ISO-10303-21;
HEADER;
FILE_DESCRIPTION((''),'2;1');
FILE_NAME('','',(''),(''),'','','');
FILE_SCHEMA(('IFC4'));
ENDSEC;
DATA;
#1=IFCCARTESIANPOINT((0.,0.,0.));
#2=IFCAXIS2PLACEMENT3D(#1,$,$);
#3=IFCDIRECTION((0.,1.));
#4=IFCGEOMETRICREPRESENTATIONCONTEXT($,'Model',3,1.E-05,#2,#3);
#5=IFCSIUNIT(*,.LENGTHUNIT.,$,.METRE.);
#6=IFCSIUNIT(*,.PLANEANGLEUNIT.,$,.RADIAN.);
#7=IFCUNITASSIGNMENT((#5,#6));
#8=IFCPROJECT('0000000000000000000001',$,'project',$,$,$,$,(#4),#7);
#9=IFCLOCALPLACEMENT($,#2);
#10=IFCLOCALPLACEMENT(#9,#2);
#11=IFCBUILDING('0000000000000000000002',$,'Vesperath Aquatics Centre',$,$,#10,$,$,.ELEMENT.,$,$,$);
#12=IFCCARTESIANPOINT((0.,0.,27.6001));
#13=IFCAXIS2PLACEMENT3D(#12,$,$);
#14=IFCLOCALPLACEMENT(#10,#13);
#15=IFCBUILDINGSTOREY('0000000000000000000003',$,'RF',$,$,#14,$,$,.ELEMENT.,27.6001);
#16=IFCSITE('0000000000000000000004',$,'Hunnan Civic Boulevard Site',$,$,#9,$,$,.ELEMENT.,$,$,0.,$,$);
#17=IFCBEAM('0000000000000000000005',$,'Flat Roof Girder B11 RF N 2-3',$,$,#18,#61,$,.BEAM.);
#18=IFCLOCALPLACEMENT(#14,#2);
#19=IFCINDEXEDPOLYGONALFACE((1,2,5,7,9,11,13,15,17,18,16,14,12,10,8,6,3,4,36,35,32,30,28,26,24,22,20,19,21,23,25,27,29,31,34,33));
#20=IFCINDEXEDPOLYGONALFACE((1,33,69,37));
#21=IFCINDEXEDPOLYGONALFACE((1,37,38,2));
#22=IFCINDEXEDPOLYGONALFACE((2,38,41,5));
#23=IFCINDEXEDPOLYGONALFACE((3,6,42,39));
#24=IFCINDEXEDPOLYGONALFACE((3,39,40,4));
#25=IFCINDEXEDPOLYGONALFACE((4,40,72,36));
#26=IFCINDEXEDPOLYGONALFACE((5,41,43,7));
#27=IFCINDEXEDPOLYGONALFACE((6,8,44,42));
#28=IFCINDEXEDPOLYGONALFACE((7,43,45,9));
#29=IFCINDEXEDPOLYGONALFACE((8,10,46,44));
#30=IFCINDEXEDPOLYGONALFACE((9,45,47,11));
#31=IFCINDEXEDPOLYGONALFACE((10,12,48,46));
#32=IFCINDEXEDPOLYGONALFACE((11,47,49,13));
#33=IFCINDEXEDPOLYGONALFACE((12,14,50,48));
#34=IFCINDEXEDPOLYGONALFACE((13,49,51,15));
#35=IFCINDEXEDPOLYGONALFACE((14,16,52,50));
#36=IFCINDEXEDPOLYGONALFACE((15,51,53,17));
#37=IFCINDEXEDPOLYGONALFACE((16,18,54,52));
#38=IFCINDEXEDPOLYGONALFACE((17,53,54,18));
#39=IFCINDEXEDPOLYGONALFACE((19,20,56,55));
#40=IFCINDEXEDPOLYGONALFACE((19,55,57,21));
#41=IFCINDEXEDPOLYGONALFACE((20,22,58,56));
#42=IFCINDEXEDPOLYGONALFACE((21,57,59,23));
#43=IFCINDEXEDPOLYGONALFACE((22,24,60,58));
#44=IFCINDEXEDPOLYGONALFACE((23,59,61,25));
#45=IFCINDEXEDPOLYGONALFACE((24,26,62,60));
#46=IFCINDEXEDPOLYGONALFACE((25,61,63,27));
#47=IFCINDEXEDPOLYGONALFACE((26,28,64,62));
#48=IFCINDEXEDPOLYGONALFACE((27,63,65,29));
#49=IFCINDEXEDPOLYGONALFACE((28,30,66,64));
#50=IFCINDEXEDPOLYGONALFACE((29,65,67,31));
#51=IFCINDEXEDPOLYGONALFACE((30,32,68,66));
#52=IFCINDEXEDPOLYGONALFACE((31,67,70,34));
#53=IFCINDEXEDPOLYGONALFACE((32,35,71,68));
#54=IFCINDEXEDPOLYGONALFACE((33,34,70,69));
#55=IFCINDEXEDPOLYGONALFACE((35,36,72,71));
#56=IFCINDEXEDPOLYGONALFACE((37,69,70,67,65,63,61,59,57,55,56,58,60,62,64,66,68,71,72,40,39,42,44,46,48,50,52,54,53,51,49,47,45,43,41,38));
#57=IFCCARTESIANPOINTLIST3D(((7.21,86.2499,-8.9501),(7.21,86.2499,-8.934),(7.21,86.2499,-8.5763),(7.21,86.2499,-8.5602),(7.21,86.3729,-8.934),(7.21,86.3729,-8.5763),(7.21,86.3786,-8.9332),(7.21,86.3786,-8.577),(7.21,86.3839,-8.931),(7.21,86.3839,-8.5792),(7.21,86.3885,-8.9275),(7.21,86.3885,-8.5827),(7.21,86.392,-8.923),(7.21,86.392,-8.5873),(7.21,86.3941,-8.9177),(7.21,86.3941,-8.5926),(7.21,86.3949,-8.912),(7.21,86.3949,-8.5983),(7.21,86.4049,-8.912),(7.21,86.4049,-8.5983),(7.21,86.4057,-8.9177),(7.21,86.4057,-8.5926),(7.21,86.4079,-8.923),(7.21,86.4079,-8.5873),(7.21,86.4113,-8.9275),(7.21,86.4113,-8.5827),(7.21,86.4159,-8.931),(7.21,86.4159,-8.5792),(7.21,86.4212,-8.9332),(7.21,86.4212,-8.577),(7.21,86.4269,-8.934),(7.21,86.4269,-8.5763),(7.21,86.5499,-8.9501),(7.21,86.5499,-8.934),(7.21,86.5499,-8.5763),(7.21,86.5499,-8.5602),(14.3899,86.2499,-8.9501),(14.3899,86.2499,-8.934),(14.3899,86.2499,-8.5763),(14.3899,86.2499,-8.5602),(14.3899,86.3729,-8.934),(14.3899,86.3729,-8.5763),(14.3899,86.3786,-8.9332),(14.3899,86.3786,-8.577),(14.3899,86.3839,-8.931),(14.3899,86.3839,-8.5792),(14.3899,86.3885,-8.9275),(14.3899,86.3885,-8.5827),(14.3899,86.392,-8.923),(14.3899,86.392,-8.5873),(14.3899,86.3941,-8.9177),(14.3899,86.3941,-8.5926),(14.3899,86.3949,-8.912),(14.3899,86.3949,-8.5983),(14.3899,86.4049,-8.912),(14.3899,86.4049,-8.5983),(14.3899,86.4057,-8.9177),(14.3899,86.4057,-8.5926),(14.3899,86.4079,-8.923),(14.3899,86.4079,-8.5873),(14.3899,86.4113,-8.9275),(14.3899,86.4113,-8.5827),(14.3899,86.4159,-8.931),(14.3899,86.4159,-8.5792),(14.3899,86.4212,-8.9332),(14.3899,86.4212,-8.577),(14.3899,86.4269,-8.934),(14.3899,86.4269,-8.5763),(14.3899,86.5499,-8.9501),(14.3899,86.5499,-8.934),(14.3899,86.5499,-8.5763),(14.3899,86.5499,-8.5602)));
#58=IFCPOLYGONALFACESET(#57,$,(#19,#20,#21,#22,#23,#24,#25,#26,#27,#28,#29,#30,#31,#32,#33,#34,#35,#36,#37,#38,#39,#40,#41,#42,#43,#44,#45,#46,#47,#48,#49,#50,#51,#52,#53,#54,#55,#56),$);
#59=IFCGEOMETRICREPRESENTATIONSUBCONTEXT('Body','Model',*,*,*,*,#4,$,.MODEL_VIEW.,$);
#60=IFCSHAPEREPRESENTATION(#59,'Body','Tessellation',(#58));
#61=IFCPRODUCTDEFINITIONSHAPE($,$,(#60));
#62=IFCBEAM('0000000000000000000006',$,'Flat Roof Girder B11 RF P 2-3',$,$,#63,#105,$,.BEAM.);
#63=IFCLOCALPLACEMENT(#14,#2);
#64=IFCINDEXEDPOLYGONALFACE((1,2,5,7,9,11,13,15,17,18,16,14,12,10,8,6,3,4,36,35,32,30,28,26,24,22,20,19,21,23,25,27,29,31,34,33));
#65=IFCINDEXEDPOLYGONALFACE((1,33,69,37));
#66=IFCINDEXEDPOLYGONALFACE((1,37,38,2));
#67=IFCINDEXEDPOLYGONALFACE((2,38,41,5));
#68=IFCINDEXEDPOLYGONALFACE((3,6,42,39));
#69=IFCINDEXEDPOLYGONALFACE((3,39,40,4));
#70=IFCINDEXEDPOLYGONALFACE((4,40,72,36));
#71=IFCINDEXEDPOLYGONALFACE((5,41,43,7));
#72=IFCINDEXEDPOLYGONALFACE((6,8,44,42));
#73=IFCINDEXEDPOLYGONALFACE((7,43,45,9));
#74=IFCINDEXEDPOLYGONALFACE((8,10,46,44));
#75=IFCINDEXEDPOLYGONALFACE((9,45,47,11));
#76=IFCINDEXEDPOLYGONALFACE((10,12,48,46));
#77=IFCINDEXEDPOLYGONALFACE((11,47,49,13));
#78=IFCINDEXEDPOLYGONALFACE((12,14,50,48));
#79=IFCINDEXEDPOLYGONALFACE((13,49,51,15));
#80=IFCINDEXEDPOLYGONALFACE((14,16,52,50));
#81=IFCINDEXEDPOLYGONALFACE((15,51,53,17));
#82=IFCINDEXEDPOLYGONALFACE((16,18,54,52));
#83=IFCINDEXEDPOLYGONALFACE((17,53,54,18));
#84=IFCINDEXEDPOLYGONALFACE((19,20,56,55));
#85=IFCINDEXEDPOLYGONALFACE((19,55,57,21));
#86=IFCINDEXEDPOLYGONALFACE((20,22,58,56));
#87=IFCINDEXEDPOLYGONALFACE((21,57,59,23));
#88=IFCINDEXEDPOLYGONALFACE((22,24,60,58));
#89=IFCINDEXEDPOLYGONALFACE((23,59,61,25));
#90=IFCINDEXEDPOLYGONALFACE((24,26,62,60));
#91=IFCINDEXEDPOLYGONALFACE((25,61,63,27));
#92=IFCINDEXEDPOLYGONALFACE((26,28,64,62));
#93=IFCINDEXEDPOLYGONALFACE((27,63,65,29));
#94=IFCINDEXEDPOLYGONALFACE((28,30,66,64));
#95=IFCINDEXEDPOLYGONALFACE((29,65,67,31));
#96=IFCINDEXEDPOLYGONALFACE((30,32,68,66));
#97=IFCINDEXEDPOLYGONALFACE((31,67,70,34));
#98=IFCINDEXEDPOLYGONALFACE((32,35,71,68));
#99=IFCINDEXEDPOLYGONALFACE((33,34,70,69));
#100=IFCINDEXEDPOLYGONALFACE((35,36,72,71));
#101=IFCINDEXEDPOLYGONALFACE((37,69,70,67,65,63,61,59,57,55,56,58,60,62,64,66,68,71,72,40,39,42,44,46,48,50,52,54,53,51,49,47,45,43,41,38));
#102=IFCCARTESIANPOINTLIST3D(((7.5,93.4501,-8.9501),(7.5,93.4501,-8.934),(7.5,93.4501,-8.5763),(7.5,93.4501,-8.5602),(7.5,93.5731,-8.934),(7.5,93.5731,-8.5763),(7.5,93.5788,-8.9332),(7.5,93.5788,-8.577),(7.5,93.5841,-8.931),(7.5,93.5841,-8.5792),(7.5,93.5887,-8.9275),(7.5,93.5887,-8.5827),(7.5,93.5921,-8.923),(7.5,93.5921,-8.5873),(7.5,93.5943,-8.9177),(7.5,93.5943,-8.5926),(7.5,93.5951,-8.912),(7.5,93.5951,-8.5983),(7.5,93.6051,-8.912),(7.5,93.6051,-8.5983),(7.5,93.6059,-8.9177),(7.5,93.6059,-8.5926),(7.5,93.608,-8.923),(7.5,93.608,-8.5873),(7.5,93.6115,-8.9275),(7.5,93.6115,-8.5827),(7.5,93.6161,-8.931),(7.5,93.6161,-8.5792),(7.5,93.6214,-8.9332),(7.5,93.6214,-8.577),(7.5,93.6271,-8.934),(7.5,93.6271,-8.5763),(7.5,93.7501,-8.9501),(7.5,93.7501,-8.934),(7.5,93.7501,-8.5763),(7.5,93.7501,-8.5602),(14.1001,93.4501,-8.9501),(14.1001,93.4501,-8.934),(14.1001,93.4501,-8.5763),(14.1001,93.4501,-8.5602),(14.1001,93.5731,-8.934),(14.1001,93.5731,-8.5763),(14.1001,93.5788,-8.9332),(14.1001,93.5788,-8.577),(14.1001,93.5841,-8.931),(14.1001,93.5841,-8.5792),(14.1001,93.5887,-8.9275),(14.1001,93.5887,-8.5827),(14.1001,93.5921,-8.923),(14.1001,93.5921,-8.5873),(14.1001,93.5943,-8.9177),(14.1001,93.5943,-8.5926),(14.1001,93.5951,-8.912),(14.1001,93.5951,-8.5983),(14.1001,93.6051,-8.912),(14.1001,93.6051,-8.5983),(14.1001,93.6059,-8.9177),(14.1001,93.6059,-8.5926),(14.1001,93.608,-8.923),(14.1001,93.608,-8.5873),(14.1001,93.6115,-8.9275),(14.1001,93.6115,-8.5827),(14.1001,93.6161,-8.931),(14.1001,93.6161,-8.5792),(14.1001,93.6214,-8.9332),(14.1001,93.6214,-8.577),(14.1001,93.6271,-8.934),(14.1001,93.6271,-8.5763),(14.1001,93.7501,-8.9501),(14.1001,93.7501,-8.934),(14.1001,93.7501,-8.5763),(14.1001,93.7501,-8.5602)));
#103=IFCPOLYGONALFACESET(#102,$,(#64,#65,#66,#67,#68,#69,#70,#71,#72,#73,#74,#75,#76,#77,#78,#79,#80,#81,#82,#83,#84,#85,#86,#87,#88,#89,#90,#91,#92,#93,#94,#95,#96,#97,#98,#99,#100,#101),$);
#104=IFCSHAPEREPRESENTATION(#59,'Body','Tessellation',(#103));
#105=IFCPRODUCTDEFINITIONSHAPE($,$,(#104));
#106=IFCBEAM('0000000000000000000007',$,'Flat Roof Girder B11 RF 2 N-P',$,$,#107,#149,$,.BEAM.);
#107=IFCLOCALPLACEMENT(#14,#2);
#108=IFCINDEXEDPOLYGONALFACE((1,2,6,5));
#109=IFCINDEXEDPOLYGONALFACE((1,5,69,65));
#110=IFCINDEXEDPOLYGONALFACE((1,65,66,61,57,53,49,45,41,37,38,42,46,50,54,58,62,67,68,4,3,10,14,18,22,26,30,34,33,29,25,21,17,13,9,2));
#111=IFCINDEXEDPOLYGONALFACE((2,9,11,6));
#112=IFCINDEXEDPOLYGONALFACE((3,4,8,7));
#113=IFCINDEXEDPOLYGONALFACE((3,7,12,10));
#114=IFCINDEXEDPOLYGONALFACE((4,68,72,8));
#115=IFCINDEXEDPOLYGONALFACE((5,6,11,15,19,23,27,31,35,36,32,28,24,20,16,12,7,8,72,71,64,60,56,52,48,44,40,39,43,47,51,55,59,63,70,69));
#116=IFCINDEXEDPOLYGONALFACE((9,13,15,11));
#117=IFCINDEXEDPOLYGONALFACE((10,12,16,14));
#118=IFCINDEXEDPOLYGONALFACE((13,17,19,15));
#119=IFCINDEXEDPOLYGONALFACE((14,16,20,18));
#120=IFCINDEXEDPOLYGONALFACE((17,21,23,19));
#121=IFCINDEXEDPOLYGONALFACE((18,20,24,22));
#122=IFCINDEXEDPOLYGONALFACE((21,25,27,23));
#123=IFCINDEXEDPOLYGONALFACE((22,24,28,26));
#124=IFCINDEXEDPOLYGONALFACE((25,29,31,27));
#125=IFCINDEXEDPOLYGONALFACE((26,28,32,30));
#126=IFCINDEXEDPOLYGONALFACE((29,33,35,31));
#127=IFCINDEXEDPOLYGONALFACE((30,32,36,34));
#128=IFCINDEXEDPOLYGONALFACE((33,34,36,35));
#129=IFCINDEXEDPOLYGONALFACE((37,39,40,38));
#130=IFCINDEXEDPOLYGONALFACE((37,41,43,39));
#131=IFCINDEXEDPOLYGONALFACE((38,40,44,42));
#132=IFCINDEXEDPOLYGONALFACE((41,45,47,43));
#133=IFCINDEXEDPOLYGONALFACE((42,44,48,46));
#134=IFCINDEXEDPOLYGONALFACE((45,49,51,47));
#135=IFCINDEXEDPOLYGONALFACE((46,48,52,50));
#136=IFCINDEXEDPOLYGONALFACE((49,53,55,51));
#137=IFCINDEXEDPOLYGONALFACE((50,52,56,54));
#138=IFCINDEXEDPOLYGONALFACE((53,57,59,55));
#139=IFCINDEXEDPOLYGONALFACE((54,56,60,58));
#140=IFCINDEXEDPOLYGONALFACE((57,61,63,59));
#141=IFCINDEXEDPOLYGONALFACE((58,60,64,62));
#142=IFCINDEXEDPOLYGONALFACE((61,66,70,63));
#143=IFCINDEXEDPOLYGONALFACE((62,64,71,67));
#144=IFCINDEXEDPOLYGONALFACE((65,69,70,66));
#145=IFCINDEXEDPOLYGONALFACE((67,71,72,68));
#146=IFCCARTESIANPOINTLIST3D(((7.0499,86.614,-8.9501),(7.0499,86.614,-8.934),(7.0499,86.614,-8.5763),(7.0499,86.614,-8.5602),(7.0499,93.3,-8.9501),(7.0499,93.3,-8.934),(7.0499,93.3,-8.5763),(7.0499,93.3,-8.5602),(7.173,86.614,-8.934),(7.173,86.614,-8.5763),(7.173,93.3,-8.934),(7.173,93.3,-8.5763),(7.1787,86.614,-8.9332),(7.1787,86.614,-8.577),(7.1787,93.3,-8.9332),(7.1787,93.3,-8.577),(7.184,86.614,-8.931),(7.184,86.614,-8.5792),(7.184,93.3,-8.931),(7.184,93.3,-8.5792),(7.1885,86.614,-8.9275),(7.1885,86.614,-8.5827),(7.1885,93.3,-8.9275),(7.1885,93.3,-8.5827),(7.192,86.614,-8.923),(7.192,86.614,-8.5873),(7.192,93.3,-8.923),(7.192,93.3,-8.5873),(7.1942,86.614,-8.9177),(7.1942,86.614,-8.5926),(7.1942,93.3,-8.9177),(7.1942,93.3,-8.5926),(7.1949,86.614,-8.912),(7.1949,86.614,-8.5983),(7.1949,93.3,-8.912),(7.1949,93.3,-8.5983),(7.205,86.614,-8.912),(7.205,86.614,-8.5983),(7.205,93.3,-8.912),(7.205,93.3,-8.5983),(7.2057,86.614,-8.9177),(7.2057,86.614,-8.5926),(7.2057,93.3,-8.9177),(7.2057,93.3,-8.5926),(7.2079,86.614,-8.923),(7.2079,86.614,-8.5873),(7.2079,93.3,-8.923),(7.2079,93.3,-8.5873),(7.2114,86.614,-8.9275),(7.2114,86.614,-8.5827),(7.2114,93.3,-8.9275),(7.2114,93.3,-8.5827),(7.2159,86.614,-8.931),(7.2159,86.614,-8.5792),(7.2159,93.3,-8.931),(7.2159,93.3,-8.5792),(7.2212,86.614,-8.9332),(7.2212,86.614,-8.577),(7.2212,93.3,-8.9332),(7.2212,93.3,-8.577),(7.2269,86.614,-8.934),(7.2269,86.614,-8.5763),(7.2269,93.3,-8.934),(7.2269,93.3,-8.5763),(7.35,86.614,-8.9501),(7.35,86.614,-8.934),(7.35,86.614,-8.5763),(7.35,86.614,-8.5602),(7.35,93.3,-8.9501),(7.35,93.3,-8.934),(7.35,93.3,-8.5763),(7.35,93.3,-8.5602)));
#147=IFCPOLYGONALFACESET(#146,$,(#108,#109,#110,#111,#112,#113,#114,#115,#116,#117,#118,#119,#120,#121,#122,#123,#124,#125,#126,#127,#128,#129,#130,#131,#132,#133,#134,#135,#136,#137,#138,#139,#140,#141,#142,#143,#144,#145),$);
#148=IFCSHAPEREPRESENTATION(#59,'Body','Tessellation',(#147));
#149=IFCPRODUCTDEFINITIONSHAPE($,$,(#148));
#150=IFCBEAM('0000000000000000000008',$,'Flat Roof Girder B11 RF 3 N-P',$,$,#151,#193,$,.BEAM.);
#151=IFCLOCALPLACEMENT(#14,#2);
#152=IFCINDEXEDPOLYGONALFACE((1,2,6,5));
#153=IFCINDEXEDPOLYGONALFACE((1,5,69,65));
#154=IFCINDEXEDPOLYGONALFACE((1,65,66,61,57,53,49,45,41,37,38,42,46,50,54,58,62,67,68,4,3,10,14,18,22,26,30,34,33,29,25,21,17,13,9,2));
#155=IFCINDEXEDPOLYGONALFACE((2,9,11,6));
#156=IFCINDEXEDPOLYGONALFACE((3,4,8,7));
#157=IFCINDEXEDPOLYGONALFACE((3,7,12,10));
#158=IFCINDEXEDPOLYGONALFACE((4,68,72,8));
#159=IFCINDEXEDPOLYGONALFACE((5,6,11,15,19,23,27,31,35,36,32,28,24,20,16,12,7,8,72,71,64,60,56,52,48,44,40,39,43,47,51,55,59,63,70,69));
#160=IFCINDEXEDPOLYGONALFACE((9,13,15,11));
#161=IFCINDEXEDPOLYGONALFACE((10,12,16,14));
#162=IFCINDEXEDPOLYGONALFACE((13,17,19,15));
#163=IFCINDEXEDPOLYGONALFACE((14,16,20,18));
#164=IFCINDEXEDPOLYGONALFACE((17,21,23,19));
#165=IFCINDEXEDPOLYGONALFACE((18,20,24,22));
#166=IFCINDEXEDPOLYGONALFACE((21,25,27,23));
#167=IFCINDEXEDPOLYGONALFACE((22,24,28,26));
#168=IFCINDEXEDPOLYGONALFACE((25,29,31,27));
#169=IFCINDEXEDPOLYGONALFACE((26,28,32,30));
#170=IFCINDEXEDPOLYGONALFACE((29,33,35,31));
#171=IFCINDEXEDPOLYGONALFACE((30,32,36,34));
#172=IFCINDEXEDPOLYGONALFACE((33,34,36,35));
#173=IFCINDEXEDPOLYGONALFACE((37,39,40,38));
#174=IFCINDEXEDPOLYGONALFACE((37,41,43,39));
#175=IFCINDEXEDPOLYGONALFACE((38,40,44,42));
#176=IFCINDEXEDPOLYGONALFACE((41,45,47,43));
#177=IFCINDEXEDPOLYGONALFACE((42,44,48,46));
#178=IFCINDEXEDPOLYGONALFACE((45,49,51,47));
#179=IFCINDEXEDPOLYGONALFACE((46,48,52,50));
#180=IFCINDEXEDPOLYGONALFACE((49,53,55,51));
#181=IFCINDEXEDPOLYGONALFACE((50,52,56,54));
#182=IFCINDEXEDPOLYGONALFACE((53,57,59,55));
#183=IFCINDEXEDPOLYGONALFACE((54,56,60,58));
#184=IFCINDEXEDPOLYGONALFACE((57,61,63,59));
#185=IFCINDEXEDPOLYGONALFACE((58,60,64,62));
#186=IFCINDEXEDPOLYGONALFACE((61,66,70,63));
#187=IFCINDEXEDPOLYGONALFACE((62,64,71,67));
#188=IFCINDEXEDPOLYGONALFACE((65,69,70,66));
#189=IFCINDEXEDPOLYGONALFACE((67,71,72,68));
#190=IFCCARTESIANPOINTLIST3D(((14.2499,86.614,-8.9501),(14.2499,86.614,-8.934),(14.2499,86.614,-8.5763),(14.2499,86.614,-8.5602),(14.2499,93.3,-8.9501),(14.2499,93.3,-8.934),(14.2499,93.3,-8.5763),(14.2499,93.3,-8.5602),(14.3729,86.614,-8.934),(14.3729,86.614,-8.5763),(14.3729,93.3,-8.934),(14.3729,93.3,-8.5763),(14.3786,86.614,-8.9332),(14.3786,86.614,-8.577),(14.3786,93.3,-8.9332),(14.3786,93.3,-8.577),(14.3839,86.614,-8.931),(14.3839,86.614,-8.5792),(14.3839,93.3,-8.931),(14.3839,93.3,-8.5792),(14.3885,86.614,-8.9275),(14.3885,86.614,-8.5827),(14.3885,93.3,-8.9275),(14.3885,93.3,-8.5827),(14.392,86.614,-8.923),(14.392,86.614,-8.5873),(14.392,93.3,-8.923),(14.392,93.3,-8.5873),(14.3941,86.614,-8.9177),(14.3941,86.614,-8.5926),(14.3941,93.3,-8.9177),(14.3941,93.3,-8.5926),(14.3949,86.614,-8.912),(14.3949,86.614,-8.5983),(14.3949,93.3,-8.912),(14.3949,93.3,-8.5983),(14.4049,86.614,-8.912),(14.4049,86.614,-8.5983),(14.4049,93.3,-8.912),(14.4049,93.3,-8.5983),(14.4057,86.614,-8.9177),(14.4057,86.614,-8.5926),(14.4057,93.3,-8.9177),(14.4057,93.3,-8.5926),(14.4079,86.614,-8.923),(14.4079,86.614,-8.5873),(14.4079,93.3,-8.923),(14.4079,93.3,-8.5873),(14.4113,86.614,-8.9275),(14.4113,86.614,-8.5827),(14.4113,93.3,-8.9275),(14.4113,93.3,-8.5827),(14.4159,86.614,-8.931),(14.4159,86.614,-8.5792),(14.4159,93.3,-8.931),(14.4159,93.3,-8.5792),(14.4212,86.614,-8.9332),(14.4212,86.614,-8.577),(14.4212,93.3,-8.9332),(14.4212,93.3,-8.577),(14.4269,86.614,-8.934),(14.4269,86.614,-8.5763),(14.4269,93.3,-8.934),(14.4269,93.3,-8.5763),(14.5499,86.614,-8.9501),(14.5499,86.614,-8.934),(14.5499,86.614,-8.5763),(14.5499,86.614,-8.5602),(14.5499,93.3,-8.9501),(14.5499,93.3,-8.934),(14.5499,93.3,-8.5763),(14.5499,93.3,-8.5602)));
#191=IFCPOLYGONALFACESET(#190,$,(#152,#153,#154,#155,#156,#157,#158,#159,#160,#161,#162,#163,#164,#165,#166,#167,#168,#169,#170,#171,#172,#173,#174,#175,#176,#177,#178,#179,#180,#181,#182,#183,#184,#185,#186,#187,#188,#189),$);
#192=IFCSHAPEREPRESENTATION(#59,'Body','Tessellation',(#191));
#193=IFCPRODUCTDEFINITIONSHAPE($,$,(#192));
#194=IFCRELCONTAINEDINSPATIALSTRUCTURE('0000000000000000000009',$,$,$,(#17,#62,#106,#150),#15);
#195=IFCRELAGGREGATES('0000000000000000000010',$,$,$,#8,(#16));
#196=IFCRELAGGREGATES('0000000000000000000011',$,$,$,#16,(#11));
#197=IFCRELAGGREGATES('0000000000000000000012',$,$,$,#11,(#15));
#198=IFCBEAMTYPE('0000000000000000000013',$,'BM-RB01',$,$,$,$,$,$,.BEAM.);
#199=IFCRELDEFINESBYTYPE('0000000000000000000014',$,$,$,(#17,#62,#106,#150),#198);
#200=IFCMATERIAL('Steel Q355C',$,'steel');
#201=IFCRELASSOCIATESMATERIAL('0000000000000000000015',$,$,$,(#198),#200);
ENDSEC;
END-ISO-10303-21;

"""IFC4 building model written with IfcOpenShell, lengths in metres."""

from ifc_helpers import new_model, si_unit, direction, frame, origin, origin_2d, place, context, subcontext, project, spatial, i_section, extrude, material, material_profile, profile_set, type_object, element, save


model = new_model("IFC4")

# Units and contexts
model_context = context("Model", 3, precision=1e-05, world=origin(), true_north=direction((0.0, 1.0)))
body_context = subcontext(model_context, "Body", "Model", "MODEL_VIEW")
ifc_project = project(units=[si_unit("LENGTHUNIT", "METRE"), si_unit("PLANEANGLEUNIT", "RADIAN")], contexts=[model_context])

# Site, building, storey
site_placement = place(None, origin())
site = spatial("IfcSite", under=ifc_project, at=site_placement, Name="Hunnan Civic Boulevard Site", CompositionType="ELEMENT", RefElevation=0.0)
building_placement = place(site_placement, origin())
building = spatial("IfcBuilding", under=site, at=building_placement, Name="Vesperath Aquatics Centre", CompositionType="ELEMENT")
storey_placement = place(building_placement, frame((0.0, 0.0, 27.6001)))
storey = spatial("IfcBuildingStorey", under=building, at=storey_placement, Name="RF", CompositionType="ELEMENT", Elevation=27.6001)

# Beams
ifc_material_1 = material(Name="Steel Q355C", Category="steel")
ifc_material_profile_1 = material_profile(ifc_material_1, i_section(OverallWidth=0.3, OverallDepth=0.3899, WebThickness=0.01, FlangeThickness=0.0161, FilletRadius=0.022, at=origin_2d()), Name="HM 390x300x10x16")
ifc_profile_set_1 = profile_set([ifc_material_profile_1], Name="Steel Q355C")
beam_type_1 = type_object("IfcBeamType", Name="BM-RB01", PredefinedType="BEAM", material=ifc_profile_set_1)
beam_1_placement = place(storey_placement, frame((7.21, 86.3999, -8.7551), z_axis=(1.0, 0.0, 0.0), x_axis=(0.0, 1.0, 0.0)))
element("IfcBeam", 1, at=beam_1_placement, inside=storey, type_object=beam_type_1, Name="Flat Roof Girder B11 RF N 2-3", PredefinedType="BEAM", context=body_context, shape_type="SweptSolid", body=[
    extrude(i_section(OverallWidth=0.3, OverallDepth=0.3899, WebThickness=0.01, FlangeThickness=0.0161, FilletRadius=0.022, at=origin_2d()), origin(), (0.0, 0.0, 1.0), 7.1799),
])
beam_2_placement = place(storey_placement, frame((7.5, 93.6001, -8.7551), z_axis=(1.0, 0.0, 0.0), x_axis=(0.0, 1.0, 0.0)))
element("IfcBeam", 2, at=beam_2_placement, inside=storey, type_object=beam_type_1, Name="Flat Roof Girder B11 RF P 2-3", PredefinedType="BEAM", context=body_context, shape_type="SweptSolid", body=[
    extrude(i_section(OverallWidth=0.3, OverallDepth=0.3899, WebThickness=0.01, FlangeThickness=0.0161, FilletRadius=0.022, at=origin_2d()), origin(), (0.0, 0.0, 1.0), 6.6001),
])
for number, where, z_axis, x_axis, name in (
    (3, (7.2, 86.614, -8.7551), (0.0, 1.0, 0.0), (-1.0, 0.0, 0.0), "Flat Roof Girder B11 RF 2 N-P"),
    (4, (14.3999, 86.614, -8.7551), (0.0, 1.0, 0.0), (-1.0, 0.0, 0.0), "Flat Roof Girder B11 RF 3 N-P"),
):
    element("IfcBeam", number, at=place(storey_placement, frame(where, z_axis=z_axis, x_axis=x_axis)), inside=storey, type_object=beam_type_1, Name=name, PredefinedType="BEAM", context=body_context, shape_type="SweptSolid", body=[
        extrude(i_section(OverallWidth=0.3, OverallDepth=0.3899, WebThickness=0.01, FlangeThickness=0.0161, FilletRadius=0.022, at=origin_2d()), origin(), (0.0, 0.0, 1.0), 6.686),
    ])

save(model, "model.ifc")
